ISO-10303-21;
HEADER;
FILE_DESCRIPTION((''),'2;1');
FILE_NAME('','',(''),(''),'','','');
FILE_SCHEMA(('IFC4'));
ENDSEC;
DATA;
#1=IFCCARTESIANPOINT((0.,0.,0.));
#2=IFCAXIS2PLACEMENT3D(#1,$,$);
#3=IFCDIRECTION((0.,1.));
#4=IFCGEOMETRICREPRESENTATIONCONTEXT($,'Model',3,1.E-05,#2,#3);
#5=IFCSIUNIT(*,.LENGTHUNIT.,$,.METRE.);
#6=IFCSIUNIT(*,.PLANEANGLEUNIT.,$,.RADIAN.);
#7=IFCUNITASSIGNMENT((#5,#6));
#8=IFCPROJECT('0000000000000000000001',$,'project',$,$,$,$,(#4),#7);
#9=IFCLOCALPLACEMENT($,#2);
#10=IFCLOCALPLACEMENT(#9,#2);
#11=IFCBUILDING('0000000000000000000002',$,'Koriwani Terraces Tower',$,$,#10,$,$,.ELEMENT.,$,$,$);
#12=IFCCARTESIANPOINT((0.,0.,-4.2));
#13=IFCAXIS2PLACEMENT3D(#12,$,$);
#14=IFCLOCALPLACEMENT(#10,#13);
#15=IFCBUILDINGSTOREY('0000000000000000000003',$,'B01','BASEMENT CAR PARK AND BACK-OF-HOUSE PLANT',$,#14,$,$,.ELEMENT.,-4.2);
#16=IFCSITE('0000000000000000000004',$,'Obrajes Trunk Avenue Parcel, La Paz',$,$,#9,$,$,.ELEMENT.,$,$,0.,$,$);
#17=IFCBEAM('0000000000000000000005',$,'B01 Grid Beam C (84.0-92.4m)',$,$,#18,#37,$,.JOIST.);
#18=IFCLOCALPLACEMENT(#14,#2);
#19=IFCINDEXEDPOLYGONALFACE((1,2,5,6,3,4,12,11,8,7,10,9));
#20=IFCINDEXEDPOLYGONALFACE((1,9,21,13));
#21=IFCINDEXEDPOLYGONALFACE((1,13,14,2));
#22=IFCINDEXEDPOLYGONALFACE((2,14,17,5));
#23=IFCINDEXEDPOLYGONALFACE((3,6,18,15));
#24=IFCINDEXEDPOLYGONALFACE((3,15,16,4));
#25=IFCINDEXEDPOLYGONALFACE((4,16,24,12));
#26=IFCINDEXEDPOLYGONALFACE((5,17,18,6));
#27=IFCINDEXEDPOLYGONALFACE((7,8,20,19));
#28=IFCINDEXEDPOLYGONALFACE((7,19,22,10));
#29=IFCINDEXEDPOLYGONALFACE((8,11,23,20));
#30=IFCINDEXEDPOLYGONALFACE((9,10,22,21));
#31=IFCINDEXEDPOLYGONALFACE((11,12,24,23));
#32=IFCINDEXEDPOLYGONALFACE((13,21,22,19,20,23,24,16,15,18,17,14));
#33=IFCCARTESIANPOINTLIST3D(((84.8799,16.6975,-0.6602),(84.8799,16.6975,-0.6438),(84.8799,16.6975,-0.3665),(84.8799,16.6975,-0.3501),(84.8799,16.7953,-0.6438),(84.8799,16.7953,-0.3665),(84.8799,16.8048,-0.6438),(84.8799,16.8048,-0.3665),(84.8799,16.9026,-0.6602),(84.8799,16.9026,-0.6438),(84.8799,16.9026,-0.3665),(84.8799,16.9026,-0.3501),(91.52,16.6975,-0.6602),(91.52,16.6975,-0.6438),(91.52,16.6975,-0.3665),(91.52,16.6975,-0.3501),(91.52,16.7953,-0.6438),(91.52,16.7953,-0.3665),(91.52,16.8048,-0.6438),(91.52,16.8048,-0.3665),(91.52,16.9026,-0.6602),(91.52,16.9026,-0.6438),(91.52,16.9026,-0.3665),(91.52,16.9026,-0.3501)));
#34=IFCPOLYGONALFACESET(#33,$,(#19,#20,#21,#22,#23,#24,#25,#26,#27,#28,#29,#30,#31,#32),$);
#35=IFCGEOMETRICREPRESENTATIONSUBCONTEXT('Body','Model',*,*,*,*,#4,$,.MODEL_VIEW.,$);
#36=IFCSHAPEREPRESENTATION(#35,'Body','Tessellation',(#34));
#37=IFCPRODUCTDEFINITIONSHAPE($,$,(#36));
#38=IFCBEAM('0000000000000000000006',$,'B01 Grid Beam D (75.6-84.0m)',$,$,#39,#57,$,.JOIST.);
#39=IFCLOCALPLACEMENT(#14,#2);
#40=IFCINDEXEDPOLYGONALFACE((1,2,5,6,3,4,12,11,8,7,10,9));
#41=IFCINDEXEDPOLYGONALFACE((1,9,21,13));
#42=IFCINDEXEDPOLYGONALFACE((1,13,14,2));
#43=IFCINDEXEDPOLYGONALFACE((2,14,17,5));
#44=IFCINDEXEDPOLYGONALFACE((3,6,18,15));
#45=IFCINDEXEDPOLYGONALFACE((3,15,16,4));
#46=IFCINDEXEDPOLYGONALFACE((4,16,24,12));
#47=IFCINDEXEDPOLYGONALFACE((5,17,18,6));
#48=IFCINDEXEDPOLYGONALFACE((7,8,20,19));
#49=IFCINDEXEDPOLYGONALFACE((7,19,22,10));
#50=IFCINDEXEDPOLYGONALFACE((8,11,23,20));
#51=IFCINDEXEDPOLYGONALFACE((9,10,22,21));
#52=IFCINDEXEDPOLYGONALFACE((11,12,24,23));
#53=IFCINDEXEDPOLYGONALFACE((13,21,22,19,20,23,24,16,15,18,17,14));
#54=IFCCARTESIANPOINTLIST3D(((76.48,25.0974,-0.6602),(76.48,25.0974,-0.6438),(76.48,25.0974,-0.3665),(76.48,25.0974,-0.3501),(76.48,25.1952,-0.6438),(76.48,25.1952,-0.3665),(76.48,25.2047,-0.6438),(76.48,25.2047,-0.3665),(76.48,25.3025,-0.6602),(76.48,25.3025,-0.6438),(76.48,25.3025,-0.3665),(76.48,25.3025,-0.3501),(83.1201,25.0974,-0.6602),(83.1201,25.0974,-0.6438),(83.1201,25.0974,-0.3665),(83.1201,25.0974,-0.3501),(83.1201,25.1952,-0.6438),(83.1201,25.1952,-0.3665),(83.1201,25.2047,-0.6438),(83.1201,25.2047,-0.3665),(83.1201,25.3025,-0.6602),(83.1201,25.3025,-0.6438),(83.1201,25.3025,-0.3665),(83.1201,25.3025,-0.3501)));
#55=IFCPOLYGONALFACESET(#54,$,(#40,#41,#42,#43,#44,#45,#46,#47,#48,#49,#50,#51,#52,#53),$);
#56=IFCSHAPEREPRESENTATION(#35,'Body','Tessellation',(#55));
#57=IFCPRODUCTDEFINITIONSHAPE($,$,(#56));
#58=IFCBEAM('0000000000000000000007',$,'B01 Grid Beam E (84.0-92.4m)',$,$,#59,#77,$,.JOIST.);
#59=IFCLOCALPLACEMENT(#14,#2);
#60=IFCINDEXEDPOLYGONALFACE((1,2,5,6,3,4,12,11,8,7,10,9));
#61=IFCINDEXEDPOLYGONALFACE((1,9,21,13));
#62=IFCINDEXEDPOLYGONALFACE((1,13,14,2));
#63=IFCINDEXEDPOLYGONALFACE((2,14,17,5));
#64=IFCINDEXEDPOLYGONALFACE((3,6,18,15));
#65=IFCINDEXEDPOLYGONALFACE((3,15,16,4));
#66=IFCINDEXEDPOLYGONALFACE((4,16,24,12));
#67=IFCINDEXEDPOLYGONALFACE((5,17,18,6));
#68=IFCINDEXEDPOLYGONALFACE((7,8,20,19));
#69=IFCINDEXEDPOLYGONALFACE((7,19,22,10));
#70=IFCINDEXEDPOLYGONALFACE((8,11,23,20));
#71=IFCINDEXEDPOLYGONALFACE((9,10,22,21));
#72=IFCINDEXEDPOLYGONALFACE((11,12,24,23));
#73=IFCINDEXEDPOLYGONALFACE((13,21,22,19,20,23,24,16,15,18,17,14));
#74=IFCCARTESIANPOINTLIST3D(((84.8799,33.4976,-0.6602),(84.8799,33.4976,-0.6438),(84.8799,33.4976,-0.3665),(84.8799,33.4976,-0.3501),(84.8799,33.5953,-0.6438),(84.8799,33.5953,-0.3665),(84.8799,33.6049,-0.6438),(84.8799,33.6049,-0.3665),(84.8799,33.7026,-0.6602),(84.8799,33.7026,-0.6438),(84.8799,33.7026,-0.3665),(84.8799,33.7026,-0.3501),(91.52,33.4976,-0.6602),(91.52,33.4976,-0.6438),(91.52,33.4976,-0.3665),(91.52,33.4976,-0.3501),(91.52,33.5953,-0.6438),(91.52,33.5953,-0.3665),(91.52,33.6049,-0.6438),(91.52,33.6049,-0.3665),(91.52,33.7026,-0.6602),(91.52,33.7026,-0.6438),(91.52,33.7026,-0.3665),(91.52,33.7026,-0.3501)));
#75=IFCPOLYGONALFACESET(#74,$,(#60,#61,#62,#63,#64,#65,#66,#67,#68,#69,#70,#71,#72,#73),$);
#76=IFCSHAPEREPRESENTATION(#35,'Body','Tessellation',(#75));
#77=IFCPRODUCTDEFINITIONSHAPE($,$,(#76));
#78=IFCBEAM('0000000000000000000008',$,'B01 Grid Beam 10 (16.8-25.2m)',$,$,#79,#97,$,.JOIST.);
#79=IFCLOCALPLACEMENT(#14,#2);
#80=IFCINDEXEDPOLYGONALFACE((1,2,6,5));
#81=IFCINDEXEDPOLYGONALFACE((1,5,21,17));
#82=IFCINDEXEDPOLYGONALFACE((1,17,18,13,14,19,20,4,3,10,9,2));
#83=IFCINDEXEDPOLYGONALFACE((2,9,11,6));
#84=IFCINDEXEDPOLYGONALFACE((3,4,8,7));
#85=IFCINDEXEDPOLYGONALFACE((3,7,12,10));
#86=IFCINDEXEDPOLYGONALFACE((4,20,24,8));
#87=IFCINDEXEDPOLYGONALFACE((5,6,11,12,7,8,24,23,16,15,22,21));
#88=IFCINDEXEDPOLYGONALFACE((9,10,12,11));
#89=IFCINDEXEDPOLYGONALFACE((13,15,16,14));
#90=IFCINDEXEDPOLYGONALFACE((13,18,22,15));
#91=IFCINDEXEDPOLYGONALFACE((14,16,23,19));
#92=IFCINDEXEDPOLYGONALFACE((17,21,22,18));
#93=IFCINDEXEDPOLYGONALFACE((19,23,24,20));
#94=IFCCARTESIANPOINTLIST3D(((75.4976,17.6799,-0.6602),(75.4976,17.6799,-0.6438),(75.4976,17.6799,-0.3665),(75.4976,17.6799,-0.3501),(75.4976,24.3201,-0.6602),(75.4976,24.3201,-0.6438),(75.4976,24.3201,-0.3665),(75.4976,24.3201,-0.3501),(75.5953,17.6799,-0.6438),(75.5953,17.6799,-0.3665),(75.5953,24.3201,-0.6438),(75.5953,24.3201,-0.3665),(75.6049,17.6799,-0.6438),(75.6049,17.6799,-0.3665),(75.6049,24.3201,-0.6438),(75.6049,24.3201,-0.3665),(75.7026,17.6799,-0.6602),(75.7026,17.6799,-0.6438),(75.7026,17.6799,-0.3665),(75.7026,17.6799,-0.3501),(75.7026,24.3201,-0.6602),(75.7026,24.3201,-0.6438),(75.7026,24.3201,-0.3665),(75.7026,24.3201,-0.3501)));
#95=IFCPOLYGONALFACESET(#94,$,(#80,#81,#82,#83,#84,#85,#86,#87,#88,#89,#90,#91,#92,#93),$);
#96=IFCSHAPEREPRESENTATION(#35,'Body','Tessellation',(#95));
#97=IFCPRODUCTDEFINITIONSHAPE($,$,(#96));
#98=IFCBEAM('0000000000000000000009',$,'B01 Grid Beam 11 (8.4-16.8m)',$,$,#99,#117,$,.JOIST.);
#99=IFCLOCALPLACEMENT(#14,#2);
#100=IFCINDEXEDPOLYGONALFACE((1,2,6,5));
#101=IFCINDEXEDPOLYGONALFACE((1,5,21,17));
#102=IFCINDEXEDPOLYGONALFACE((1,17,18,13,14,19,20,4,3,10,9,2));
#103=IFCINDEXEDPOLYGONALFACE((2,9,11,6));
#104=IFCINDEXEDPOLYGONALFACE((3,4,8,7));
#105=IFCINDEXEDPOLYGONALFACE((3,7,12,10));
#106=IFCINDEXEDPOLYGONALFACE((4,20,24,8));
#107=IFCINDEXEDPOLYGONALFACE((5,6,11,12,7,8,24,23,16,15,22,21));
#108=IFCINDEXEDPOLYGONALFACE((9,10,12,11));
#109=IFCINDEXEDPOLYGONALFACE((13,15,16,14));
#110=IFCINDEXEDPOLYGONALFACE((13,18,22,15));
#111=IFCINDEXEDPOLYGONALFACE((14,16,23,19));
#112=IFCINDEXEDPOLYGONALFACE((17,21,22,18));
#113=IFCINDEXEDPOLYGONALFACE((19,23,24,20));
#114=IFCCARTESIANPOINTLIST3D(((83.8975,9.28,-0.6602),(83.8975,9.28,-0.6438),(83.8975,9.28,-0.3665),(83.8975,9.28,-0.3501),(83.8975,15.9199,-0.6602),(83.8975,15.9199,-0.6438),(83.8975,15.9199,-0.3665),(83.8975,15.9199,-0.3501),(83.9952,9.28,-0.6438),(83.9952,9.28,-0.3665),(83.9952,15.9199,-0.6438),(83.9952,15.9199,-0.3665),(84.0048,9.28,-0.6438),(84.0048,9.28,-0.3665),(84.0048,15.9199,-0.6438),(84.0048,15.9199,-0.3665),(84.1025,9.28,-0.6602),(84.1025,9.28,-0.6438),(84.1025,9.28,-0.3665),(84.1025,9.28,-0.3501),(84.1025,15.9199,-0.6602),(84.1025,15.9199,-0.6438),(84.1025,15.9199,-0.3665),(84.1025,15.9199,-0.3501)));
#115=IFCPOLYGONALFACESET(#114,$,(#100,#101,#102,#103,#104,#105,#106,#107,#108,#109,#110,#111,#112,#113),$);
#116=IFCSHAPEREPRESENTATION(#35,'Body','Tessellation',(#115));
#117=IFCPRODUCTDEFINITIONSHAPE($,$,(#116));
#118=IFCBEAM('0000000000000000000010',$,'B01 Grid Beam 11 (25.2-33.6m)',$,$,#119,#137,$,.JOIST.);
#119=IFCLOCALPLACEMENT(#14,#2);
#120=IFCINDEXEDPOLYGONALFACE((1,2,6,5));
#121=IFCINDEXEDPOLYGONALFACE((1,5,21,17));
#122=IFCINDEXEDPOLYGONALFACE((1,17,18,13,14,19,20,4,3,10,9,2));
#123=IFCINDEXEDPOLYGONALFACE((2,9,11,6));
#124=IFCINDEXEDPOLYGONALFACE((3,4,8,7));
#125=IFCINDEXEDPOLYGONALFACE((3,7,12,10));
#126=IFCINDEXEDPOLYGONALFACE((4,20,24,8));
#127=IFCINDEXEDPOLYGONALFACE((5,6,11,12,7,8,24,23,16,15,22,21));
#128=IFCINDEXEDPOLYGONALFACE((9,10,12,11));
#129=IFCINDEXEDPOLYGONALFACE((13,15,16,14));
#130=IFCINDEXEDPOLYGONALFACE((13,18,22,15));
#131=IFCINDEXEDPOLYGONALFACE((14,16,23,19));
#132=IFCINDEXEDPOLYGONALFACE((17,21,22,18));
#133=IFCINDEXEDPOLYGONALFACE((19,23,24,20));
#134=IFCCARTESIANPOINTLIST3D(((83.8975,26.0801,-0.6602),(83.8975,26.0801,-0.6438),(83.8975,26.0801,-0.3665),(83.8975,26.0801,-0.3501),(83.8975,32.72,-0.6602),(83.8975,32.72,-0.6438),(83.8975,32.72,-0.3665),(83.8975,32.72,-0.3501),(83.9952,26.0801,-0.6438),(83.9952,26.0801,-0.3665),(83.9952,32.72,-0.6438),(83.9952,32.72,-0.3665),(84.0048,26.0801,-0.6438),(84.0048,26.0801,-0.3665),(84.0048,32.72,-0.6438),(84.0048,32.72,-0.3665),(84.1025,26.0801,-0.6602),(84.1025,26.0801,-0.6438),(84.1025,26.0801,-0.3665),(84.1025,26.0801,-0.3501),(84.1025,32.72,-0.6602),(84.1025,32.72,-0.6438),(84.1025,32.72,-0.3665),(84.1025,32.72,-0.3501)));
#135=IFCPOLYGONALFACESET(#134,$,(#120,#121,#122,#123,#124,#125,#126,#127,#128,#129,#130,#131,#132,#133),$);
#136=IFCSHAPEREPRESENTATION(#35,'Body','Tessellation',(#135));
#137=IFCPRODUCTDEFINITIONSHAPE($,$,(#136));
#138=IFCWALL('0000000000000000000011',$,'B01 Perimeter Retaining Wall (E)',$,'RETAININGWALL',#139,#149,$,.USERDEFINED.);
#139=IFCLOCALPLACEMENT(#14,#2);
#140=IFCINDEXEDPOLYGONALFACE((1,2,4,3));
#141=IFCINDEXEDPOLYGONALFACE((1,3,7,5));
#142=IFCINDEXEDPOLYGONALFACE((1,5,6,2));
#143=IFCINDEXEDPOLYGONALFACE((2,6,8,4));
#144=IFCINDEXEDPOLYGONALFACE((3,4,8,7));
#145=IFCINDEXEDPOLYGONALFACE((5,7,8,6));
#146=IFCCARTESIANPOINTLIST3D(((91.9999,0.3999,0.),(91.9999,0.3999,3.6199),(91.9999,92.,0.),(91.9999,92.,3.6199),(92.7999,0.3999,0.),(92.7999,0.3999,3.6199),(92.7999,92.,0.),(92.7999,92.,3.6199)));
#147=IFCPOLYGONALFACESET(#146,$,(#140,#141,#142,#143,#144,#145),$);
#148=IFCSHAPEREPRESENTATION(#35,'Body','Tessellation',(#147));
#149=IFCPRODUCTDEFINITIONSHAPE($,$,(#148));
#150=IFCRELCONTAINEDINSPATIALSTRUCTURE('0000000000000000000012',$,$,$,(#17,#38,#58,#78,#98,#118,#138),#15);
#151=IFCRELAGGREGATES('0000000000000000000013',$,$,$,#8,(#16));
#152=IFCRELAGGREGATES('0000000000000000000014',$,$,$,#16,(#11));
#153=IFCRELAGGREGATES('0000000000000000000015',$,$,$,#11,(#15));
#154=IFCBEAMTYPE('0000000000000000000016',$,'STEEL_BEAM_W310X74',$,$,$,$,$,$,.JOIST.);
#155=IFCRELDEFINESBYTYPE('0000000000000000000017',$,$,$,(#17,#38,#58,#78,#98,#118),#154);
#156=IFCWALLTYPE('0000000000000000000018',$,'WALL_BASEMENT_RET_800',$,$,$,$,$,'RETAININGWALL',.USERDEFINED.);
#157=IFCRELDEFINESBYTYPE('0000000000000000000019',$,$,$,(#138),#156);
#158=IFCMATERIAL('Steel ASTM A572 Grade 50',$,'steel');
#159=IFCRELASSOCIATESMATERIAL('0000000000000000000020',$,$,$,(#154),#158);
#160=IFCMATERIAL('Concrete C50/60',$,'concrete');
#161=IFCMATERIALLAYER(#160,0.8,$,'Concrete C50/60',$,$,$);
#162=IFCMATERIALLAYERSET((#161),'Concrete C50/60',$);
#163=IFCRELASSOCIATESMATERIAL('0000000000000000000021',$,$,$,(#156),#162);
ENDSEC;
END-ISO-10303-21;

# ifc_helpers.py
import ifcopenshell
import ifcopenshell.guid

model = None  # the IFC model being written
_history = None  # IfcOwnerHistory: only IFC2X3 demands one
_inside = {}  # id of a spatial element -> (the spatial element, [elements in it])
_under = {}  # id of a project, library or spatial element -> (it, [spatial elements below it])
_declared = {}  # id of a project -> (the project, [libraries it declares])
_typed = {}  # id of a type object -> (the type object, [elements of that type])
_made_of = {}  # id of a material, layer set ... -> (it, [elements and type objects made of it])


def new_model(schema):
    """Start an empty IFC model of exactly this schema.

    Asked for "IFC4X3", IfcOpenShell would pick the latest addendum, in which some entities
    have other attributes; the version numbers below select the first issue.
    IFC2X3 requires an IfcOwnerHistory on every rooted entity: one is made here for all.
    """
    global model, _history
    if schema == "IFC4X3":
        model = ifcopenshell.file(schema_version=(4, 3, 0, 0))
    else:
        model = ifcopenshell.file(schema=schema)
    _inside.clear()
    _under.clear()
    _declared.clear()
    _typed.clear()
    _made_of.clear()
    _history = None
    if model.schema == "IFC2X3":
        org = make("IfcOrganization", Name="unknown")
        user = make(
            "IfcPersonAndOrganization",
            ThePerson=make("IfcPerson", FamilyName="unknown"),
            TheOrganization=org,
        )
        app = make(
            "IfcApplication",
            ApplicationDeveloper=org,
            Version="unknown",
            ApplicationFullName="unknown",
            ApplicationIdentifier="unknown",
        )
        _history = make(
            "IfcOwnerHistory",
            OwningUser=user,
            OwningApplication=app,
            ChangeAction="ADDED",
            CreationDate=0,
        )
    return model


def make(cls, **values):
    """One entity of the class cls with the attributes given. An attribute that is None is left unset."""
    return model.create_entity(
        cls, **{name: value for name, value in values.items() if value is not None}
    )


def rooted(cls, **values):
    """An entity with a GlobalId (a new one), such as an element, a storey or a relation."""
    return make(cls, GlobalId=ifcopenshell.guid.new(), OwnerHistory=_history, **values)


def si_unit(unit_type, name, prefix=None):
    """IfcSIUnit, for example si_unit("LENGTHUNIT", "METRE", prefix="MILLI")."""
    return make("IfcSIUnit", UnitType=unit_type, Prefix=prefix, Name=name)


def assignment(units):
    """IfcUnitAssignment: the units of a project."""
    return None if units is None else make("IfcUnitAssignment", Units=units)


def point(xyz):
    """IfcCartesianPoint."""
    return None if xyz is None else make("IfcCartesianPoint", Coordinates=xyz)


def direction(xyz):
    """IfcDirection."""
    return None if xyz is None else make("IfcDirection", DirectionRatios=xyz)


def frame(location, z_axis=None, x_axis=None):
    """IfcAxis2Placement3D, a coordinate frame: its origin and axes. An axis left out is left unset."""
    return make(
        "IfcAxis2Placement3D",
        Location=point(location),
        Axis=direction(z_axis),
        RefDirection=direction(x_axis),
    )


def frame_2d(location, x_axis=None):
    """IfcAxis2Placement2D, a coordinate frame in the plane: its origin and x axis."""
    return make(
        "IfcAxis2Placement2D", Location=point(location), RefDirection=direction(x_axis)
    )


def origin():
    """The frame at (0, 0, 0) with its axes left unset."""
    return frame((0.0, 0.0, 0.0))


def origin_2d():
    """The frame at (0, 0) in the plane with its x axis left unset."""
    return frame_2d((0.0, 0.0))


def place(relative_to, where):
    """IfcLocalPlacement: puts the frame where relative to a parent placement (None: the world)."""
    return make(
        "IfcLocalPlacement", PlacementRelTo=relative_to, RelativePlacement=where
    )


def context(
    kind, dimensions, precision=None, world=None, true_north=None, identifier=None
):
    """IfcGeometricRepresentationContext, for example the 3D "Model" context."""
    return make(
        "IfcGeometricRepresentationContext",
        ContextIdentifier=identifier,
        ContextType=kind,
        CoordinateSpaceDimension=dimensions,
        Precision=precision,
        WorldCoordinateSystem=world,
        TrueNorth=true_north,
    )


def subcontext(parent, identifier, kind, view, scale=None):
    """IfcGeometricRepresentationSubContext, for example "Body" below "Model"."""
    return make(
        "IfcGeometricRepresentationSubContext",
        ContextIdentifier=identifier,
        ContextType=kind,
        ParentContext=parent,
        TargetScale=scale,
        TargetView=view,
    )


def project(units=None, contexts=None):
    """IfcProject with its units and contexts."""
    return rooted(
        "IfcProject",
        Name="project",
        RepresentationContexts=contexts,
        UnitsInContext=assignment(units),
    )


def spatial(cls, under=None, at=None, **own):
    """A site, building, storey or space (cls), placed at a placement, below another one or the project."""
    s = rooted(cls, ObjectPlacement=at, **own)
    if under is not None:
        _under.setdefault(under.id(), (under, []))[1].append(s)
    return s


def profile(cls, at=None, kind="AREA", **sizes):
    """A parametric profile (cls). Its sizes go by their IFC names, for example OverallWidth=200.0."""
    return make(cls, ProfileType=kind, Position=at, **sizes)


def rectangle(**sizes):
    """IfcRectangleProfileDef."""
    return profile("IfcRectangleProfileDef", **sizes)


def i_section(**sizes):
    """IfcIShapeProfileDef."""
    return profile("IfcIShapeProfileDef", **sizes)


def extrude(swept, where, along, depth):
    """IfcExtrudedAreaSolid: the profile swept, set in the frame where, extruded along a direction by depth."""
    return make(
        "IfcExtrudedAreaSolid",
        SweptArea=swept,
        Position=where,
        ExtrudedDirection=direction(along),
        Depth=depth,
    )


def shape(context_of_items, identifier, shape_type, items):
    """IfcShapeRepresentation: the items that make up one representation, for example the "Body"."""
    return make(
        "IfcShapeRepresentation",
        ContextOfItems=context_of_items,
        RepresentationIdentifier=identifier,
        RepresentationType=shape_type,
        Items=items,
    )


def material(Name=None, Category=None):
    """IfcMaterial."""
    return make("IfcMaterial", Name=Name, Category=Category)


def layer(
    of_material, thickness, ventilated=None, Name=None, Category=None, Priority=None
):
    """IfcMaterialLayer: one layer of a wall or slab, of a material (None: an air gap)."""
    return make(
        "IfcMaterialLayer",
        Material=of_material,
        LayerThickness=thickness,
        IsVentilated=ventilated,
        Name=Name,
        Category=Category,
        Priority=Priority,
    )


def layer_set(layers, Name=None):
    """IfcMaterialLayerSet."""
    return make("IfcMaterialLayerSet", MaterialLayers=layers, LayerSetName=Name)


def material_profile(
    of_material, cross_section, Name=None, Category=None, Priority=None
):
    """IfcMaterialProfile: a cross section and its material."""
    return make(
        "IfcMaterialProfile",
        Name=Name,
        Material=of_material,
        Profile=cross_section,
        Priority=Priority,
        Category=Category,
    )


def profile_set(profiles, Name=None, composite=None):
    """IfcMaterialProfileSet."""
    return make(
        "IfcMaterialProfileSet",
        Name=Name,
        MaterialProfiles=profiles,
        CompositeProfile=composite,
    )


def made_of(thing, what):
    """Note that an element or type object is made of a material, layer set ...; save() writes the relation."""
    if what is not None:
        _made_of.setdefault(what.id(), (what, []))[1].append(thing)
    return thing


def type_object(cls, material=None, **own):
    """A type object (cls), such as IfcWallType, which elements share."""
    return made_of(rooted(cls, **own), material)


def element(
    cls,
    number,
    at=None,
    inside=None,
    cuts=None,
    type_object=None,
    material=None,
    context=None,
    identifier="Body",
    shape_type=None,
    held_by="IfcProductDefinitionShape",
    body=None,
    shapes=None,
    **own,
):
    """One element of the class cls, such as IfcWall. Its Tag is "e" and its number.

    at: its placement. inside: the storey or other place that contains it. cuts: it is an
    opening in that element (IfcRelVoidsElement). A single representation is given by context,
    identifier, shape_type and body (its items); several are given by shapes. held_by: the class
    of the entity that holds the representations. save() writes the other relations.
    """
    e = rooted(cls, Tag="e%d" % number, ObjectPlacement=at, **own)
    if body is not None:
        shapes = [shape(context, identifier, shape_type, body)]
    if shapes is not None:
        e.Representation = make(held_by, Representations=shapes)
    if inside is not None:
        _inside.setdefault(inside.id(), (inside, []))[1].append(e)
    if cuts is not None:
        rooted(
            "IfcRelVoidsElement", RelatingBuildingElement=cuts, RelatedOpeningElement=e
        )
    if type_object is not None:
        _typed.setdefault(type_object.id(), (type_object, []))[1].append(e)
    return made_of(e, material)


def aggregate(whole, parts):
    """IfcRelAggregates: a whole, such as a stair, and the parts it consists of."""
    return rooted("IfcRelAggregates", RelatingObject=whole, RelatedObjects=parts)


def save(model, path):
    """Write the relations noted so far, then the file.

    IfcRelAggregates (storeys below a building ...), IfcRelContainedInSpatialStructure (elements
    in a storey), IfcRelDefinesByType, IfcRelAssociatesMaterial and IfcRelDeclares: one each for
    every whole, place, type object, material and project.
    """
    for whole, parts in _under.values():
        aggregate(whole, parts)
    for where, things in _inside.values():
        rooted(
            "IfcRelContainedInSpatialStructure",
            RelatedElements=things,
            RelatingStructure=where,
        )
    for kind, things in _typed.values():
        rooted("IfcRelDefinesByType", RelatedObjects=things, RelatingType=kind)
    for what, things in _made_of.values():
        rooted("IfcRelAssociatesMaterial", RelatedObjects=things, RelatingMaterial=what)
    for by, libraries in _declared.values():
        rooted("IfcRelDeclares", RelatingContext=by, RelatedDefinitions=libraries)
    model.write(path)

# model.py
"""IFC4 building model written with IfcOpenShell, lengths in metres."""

from ifc_helpers import new_model, si_unit, direction, frame, frame_2d, origin, origin_2d, place, context, subcontext, project, spatial, rectangle, i_section, extrude, material, layer, layer_set, material_profile, profile_set, type_object, element, save


model = new_model("IFC4")

# Units and contexts
model_context = context("Model", 3, precision=1e-05, world=origin(), true_north=direction((0.0, 1.0)))
body_context = subcontext(model_context, "Body", "Model", "MODEL_VIEW")
ifc_project = project(units=[si_unit("LENGTHUNIT", "METRE"), si_unit("PLANEANGLEUNIT", "RADIAN")], contexts=[model_context])

# Site, building, storey
site_placement = place(None, origin())
site = spatial("IfcSite", under=ifc_project, at=site_placement, Name="Obrajes Trunk Avenue Parcel, La Paz", CompositionType="ELEMENT", RefElevation=0.0)
building_placement = place(site_placement, origin())
building = spatial("IfcBuilding", under=site, at=building_placement, Name="Koriwani Terraces Tower", CompositionType="ELEMENT")
storey_placement = place(building_placement, frame((0.0, 0.0, -4.2)))
storey = spatial("IfcBuildingStorey", under=building, at=storey_placement, Name="B01", Description="BASEMENT CAR PARK AND BACK-OF-HOUSE PLANT", CompositionType="ELEMENT", Elevation=-4.2)

# Shared definitions
ifc_material_1 = material(Name="Concrete C50/60", Category="concrete")

# Beams
ifc_material_2 = material(Name="Steel ASTM A572 Grade 50", Category="steel")
ifc_material_profile_1 = material_profile(ifc_material_2, i_section(OverallWidth=0.2051, OverallDepth=0.3101, WebThickness=0.0095, FlangeThickness=0.0164, at=origin_2d()), Name="Steel ASTM A572 Grade 50", Category="LoadBearing")
ifc_profile_set_1 = profile_set([ifc_material_profile_1], Name="Steel ASTM A572 Grade 50")
beam_type_1 = type_object("IfcBeamType", Name="STEEL_BEAM_W310X74", PredefinedType="JOIST", material=ifc_profile_set_1)
for number, where, z_axis, x_axis, name in (
    (1, (84.8799, 16.8, -0.5051), (1.0, 0.0, 0.0), (0.0, 1.0, 0.0), "B01 Grid Beam C (84.0-92.4m)"),
    (2, (76.48, 25.2, -0.5051), (1.0, 0.0, 0.0), (0.0, 1.0, 0.0), "B01 Grid Beam D (75.6-84.0m)"),
    (3, (84.8799, 33.6001, -0.5051), (1.0, 0.0, 0.0), (0.0, 1.0, 0.0), "B01 Grid Beam E (84.0-92.4m)"),
    (4, (75.6001, 17.6799, -0.5051), (0.0, 1.0, 0.0), (-1.0, 0.0, 0.0), "B01 Grid Beam 10 (16.8-25.2m)"),
):
    element("IfcBeam", number, at=place(storey_placement, frame(where, z_axis=z_axis, x_axis=x_axis)), inside=storey, type_object=beam_type_1, Name=name, PredefinedType="JOIST", context=body_context, shape_type="SweptSolid", body=[
        extrude(i_section(OverallWidth=0.2051, OverallDepth=0.3101, WebThickness=0.0095, FlangeThickness=0.0164, at=origin_2d()), origin(), (0.0, 0.0, 1.0), 6.6401),
    ])
for number, where, z_axis, x_axis, name in (
    (5, (84.0, 9.28, -0.5051), (0.0, 1.0, 0.0), (-1.0, 0.0, 0.0), "B01 Grid Beam 11 (8.4-16.8m)"),
    (6, (84.0, 26.0801, -0.5051), (0.0, 1.0, 0.0), (-1.0, 0.0, 0.0), "B01 Grid Beam 11 (25.2-33.6m)"),
):
    element("IfcBeam", number, at=place(storey_placement, frame(where, z_axis=z_axis, x_axis=x_axis)), inside=storey, type_object=beam_type_1, Name=name, PredefinedType="JOIST", context=body_context, shape_type="SweptSolid", body=[
        extrude(i_section(OverallWidth=0.2051, OverallDepth=0.3101, WebThickness=0.0095, FlangeThickness=0.0164, at=origin_2d()), origin(), (0.0, 0.0, 1.0), 6.6399),
    ])

# Wall
ifc_layer = layer(ifc_material_1, 0.8, Name="Concrete C50/60")
ifc_layer_set = layer_set([ifc_layer], Name="Concrete C50/60")
wall_type = type_object("IfcWallType", Name="WALL_BASEMENT_RET_800", ElementType="RETAININGWALL", PredefinedType="USERDEFINED", material=ifc_layer_set)
wall_placement = place(storey_placement, frame((92.3999, 0.3999, 0.0), z_axis=(0.0, 0.0, 1.0), x_axis=(0.0, 1.0, 0.0)))
element("IfcWall", 7, at=wall_placement, inside=storey, type_object=wall_type, Name="B01 Perimeter Retaining Wall (E)", ObjectType="RETAININGWALL", PredefinedType="USERDEFINED", context=body_context, shape_type="SweptSolid", body=[
    extrude(rectangle(XDim=91.6001, YDim=0.8, at=frame_2d((45.8, 0.0))), origin(), (0.0, 0.0, 1.0), 3.6199),
])

save(model, "model.ifc")
